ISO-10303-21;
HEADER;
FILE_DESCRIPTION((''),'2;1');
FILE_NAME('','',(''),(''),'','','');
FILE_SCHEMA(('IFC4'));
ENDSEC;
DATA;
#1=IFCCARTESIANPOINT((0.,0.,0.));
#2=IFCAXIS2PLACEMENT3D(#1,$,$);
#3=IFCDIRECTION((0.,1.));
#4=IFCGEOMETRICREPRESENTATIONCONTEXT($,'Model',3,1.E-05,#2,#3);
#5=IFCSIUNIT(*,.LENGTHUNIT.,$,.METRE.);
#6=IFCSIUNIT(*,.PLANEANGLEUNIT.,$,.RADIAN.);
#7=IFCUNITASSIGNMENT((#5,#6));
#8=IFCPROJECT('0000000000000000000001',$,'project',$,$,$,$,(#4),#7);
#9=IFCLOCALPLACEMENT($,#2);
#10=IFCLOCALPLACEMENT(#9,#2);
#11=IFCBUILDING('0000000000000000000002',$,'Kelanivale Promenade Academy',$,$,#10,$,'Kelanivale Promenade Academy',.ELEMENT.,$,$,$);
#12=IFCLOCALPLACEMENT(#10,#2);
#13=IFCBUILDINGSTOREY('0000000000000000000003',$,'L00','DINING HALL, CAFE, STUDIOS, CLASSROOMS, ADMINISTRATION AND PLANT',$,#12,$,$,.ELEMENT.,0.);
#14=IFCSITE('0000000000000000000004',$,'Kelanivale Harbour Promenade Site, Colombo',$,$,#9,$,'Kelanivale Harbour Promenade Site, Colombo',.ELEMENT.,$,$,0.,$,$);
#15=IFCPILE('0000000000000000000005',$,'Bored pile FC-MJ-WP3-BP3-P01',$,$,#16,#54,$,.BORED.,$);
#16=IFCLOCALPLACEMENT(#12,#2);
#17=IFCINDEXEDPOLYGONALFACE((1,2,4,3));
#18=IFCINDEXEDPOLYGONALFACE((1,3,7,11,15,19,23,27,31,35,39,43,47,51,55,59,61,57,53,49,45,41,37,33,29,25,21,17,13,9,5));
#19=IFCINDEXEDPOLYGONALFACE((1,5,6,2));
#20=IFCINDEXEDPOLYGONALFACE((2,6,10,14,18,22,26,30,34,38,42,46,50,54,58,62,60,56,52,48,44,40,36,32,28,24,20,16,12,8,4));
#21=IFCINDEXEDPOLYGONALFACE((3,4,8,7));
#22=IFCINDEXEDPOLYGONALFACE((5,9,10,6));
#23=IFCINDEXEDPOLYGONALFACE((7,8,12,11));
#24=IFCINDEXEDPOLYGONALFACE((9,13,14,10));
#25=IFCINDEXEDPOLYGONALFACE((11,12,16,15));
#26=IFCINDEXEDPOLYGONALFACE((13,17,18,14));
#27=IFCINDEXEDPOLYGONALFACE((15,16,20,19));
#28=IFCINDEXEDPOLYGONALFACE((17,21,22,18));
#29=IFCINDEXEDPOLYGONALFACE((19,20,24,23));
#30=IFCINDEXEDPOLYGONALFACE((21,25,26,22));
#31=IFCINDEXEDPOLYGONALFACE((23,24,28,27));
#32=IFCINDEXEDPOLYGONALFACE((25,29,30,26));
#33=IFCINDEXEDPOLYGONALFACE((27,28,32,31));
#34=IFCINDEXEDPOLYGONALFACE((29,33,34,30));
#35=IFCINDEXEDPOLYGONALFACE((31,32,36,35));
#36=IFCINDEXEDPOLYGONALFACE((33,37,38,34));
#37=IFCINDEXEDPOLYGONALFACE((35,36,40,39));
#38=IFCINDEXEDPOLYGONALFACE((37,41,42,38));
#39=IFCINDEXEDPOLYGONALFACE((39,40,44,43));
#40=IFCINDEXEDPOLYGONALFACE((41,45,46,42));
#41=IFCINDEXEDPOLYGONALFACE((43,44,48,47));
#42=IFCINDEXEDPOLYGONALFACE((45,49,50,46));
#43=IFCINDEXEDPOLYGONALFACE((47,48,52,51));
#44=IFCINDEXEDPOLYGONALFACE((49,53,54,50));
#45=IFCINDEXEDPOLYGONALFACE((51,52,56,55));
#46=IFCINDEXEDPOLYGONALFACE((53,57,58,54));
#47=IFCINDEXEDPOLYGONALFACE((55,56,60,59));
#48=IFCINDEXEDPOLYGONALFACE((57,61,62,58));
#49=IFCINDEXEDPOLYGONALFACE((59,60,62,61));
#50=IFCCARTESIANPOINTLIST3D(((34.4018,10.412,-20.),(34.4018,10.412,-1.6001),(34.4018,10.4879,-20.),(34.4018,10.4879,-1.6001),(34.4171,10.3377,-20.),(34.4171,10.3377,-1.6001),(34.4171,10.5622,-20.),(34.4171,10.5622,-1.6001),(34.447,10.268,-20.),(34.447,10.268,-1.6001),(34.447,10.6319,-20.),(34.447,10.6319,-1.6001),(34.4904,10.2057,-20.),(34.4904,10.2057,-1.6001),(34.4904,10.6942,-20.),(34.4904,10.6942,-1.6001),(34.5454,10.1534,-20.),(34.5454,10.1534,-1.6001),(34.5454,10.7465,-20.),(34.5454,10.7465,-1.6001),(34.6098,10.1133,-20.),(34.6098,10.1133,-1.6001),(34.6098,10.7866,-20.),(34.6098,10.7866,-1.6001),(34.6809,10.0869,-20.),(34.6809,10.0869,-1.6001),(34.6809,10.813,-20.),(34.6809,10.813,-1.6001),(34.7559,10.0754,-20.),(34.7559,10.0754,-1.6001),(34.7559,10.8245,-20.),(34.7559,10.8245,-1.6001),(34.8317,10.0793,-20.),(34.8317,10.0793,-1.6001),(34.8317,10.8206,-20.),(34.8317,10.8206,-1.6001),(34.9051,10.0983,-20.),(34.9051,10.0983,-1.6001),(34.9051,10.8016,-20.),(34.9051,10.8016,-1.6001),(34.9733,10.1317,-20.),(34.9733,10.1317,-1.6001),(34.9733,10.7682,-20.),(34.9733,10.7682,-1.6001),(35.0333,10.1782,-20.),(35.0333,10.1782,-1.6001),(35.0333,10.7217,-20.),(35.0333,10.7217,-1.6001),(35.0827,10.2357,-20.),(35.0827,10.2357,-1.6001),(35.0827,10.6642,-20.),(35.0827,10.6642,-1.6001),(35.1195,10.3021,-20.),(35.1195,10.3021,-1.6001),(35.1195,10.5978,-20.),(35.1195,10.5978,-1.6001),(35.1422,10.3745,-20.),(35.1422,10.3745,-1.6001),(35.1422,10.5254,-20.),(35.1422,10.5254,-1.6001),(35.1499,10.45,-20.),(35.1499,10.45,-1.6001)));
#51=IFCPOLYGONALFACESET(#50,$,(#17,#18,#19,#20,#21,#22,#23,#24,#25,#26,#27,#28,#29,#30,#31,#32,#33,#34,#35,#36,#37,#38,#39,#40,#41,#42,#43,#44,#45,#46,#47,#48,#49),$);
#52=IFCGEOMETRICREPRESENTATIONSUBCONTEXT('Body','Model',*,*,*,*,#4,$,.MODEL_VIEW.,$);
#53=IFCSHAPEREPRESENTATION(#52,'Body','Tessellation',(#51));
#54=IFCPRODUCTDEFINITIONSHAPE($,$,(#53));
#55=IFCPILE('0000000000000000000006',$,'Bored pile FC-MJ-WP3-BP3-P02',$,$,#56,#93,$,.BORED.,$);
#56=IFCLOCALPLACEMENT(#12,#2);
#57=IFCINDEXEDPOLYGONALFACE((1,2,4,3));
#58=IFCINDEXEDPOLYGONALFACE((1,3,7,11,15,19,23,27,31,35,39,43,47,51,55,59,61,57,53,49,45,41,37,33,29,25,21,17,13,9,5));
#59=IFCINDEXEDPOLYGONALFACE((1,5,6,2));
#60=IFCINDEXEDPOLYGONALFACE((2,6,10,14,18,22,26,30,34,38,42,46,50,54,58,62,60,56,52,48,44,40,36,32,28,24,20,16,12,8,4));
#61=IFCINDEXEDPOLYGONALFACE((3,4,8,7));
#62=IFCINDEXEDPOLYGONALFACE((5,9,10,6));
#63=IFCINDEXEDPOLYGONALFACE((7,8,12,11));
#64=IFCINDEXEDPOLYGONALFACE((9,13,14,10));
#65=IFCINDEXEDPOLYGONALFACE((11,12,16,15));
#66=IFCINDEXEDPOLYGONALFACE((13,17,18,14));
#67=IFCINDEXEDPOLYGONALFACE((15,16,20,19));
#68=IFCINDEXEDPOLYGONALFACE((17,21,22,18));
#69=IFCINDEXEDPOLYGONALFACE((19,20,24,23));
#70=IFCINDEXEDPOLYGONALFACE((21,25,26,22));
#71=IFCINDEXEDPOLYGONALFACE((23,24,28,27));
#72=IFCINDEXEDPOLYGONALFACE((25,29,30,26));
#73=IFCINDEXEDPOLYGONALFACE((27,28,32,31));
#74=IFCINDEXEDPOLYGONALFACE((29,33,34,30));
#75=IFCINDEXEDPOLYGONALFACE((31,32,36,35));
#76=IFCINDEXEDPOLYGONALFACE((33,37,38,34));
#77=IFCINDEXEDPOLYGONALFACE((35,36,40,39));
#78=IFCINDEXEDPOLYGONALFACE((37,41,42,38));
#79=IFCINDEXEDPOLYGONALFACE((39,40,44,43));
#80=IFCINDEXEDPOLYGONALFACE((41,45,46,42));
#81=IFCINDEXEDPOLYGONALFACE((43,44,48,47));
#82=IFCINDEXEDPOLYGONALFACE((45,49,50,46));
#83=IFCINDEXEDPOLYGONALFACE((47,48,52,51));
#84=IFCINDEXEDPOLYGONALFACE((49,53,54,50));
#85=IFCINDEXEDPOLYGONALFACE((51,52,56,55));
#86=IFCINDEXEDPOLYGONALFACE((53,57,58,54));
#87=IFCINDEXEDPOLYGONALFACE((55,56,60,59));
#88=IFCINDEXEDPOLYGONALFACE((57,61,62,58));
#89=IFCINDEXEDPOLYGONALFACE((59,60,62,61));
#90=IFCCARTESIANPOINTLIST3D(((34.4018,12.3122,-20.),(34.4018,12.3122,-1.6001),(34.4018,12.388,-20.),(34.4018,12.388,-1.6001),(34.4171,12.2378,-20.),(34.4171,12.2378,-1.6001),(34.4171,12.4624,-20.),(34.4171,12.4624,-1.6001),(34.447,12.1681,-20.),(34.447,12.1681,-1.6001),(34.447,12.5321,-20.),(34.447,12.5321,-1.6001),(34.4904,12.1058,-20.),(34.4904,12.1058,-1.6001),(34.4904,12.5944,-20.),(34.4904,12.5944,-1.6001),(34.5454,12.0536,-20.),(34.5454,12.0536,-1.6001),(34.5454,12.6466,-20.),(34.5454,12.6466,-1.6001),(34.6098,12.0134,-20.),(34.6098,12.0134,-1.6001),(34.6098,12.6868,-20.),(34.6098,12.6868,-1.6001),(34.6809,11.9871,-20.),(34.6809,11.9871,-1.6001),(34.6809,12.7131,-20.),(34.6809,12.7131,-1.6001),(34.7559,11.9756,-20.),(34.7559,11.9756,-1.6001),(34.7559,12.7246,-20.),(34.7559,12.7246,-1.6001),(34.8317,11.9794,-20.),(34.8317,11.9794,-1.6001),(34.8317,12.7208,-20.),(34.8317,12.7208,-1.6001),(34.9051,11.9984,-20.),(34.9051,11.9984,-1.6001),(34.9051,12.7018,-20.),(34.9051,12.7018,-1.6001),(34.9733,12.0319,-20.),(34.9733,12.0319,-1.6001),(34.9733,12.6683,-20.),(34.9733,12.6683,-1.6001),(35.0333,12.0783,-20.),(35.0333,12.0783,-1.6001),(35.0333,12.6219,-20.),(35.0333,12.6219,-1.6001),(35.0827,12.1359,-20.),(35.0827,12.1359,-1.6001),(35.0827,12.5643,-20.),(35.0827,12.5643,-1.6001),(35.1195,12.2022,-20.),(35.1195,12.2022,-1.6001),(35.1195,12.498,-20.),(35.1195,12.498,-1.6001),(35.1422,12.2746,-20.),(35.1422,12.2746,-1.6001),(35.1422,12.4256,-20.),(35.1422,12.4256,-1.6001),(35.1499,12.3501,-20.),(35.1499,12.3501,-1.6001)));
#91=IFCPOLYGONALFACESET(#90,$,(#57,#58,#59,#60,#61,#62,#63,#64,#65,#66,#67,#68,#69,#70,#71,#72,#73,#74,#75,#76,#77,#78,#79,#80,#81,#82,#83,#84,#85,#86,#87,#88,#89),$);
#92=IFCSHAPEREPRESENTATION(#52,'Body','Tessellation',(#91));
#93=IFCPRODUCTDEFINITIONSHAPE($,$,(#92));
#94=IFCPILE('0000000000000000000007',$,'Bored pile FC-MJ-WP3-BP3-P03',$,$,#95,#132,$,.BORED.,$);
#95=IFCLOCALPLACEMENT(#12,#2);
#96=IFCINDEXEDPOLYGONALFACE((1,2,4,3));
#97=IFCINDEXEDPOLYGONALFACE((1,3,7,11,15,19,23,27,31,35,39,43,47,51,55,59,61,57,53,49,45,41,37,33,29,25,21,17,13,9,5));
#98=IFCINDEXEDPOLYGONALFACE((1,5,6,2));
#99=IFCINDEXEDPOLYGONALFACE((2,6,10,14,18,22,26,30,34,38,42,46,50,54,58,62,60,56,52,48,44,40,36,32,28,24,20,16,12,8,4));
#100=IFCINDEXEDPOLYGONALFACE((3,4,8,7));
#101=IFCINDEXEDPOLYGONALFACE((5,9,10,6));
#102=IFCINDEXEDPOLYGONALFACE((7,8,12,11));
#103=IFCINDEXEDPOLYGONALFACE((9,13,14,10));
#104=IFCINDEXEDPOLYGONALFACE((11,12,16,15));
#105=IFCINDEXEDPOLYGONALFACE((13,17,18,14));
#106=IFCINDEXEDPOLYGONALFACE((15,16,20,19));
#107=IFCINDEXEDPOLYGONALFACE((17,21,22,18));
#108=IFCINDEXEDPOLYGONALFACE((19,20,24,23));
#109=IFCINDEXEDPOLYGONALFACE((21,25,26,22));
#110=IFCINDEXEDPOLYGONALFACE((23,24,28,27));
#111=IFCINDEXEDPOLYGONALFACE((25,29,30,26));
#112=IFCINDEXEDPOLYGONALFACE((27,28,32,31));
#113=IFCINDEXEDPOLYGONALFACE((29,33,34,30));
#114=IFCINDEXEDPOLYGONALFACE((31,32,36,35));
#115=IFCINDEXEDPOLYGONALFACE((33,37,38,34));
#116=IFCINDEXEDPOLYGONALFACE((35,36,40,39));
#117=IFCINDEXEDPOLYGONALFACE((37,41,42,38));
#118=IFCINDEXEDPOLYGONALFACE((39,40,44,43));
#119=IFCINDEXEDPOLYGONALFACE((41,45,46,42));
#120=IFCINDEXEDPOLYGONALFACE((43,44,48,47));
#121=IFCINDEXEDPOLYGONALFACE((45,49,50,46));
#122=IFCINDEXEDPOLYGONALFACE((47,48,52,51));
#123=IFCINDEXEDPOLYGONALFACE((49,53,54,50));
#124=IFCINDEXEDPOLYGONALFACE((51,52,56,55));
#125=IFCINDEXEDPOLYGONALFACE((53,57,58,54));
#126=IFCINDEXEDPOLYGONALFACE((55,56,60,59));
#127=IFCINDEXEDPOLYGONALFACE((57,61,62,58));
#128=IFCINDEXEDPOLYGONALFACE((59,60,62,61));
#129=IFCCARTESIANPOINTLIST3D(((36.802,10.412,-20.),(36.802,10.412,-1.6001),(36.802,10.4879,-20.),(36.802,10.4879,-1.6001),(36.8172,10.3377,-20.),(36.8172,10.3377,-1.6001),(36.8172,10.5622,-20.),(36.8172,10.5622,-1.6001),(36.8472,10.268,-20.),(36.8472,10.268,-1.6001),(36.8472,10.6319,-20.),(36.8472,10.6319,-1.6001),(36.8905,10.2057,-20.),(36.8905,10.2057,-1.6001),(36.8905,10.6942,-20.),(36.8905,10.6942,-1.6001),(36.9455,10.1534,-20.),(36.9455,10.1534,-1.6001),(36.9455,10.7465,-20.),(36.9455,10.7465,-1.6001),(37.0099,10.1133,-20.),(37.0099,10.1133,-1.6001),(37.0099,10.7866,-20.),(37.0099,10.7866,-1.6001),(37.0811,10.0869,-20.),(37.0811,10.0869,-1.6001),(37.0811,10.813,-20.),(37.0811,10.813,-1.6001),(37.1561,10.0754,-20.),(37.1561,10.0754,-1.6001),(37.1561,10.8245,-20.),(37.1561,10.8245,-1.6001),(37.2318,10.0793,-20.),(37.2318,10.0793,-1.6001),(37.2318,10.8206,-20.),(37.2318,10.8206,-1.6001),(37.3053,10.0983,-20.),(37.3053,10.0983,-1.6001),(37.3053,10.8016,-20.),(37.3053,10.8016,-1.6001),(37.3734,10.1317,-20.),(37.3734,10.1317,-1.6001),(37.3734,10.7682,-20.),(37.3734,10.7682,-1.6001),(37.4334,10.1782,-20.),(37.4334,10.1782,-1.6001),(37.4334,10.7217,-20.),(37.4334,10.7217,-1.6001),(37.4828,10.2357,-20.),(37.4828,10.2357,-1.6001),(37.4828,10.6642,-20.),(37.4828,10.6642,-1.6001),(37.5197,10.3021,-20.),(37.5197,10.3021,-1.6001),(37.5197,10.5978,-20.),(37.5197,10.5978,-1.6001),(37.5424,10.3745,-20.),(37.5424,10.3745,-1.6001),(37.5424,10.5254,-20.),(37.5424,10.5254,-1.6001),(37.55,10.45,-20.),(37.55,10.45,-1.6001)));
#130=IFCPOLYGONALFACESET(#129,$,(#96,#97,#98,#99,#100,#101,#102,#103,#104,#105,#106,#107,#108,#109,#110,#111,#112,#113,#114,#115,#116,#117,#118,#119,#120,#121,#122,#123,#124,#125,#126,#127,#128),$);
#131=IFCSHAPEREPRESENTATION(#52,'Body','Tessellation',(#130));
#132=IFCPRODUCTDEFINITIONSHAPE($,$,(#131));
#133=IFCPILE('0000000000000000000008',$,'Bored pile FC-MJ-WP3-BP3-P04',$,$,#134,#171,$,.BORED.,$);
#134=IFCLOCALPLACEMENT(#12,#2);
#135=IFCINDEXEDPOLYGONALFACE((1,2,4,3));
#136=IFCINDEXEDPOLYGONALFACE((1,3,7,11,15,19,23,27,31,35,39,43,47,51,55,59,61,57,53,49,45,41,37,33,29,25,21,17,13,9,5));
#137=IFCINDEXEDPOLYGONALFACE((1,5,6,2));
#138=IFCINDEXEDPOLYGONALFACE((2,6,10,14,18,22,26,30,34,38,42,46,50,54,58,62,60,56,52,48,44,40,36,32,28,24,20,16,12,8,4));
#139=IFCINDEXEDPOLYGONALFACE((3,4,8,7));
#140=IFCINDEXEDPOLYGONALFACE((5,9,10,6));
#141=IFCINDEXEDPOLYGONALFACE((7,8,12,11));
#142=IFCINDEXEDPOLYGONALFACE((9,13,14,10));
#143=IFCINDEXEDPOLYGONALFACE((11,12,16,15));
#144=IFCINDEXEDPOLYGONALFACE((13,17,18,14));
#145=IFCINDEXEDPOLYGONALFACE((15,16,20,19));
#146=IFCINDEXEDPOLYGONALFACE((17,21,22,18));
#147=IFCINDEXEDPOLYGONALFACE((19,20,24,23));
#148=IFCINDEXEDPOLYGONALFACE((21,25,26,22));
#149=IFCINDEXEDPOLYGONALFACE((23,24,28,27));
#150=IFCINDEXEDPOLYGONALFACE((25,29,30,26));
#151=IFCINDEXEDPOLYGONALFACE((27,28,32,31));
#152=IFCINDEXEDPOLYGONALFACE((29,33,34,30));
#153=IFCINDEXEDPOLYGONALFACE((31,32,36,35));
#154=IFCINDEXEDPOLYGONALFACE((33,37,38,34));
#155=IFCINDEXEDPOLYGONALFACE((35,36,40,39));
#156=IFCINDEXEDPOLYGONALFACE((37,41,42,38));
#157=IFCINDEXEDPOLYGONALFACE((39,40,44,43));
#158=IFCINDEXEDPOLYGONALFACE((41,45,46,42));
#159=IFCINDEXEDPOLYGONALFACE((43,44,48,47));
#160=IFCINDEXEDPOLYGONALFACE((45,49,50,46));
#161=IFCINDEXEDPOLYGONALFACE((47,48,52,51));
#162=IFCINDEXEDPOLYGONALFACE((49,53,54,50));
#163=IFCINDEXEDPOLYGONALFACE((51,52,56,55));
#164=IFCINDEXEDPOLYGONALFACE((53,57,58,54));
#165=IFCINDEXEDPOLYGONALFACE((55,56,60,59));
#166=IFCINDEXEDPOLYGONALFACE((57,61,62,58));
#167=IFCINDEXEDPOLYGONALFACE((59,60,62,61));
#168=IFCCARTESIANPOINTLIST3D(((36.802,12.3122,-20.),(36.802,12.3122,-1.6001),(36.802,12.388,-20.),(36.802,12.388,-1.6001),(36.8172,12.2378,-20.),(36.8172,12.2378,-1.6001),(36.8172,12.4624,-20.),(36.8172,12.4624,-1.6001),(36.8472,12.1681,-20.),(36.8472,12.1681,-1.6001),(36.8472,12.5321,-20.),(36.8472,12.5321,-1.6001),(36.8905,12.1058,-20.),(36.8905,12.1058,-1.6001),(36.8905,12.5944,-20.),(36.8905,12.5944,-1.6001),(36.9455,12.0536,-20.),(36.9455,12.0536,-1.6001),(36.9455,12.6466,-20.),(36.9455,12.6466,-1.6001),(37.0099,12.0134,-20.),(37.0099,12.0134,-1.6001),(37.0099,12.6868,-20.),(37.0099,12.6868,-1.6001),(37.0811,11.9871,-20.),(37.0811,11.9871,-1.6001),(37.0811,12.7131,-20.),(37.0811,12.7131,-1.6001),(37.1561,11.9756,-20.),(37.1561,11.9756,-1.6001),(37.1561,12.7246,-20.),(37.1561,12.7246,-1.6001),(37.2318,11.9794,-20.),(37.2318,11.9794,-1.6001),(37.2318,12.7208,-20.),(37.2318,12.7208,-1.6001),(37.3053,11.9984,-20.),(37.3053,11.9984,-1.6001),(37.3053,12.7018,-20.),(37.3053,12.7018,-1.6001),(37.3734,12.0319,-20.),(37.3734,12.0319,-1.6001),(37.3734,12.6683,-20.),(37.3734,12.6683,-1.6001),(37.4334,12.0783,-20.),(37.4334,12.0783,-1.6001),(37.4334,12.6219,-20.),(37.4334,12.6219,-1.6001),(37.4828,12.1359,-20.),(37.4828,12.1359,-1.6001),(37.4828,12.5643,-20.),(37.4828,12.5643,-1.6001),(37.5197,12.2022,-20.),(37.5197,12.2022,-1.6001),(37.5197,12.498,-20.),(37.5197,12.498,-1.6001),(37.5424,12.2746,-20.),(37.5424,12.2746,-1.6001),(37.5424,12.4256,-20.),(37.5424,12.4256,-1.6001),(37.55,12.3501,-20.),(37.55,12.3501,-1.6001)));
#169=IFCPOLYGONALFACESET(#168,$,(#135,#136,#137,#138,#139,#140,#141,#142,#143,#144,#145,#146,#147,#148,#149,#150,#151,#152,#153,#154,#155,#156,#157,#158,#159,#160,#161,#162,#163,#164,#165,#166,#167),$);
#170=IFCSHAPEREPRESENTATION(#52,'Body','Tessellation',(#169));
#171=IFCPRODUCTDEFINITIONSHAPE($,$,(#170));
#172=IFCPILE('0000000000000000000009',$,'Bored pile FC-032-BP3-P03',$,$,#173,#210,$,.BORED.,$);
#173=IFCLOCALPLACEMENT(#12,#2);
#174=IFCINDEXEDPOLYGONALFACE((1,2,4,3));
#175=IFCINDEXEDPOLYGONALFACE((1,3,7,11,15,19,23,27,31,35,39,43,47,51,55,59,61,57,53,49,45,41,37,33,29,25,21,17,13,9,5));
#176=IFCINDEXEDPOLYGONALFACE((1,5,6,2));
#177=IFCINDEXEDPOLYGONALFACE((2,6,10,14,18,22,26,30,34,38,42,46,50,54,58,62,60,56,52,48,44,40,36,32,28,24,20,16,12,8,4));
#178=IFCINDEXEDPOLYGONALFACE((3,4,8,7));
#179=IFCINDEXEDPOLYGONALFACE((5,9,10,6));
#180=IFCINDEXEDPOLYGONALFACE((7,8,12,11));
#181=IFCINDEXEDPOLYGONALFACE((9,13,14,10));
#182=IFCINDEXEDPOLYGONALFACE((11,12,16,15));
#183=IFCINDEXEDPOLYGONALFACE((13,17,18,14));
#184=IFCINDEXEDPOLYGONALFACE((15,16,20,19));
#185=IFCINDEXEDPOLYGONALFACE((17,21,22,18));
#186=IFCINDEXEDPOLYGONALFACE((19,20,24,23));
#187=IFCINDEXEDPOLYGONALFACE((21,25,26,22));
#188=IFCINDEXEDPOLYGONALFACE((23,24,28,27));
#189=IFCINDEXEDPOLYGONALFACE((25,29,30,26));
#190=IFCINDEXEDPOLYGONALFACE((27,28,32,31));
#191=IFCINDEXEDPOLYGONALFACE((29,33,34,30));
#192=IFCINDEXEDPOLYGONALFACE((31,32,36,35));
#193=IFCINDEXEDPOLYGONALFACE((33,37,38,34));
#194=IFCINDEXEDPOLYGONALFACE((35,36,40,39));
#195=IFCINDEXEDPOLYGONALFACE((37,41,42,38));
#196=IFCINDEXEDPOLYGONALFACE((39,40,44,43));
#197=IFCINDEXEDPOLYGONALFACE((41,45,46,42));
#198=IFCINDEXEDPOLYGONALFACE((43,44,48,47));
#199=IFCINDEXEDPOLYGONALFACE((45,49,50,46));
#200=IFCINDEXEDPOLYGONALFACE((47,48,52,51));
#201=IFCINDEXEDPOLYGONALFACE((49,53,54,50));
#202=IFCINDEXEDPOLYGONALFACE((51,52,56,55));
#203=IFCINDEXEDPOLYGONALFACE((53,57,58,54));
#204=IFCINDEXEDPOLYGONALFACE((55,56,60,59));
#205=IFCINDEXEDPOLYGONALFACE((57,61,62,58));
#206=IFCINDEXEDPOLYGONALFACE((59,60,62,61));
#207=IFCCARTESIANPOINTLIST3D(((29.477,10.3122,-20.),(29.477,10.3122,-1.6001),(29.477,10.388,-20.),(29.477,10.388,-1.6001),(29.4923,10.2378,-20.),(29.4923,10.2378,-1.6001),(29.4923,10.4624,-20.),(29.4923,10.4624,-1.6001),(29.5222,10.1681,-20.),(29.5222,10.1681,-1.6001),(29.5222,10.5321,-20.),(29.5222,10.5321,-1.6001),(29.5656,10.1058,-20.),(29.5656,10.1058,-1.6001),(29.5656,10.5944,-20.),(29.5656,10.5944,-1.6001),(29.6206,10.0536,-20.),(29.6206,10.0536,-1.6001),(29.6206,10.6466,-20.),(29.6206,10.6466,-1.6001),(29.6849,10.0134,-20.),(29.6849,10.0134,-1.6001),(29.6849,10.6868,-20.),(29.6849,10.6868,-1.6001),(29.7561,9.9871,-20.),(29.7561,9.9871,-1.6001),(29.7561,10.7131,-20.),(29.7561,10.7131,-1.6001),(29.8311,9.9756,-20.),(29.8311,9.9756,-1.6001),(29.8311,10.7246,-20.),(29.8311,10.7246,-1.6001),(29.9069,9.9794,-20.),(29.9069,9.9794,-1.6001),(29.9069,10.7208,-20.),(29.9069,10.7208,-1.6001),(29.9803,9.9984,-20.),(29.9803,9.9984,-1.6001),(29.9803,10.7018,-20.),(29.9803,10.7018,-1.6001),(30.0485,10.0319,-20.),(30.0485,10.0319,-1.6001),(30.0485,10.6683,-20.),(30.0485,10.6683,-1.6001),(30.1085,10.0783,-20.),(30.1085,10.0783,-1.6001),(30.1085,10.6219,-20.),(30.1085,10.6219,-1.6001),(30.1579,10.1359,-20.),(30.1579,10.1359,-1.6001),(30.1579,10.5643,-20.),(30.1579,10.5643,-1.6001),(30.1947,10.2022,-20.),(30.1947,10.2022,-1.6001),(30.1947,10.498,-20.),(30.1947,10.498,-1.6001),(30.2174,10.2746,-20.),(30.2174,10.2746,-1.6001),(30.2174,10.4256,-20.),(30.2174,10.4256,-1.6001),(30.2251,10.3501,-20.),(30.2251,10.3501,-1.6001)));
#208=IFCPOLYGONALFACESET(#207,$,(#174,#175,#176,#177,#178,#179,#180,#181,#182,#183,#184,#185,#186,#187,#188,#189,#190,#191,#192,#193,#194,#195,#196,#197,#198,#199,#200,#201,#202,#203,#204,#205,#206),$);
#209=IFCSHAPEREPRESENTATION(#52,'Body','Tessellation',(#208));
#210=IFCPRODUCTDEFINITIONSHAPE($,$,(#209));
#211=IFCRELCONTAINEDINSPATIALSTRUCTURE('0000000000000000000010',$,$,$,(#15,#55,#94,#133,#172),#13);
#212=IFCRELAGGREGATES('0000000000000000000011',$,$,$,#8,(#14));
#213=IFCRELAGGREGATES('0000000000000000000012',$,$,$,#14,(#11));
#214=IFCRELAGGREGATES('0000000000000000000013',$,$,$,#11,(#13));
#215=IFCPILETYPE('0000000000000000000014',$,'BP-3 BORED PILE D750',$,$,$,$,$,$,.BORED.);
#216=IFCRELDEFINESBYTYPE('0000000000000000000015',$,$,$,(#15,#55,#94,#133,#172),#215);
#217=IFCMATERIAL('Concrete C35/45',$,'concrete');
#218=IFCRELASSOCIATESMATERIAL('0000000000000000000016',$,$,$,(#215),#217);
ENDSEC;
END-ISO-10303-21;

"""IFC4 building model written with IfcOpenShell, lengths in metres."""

from ifc_helpers import new_model, si_unit, direction, frame, origin, origin_2d, place, context, subcontext, project, spatial, circle, extrude, material, material_profile, profile_set, type_object, element, save


model = new_model("IFC4")

# Units and contexts
model_context = context("Model", 3, precision=1e-05, world=origin(), true_north=direction((0.0, 1.0)))
body_context = subcontext(model_context, "Body", "Model", "MODEL_VIEW")
ifc_project = project(units=[si_unit("LENGTHUNIT", "METRE"), si_unit("PLANEANGLEUNIT", "RADIAN")], contexts=[model_context])

# Site, building, storey
site_placement = place(None, origin())
site = spatial("IfcSite", under=ifc_project, at=site_placement, Name="Kelanivale Harbour Promenade Site, Colombo", LongName="Kelanivale Harbour Promenade Site, Colombo", CompositionType="ELEMENT", RefElevation=0.0)
building_placement = place(site_placement, origin())
building = spatial("IfcBuilding", under=site, at=building_placement, Name="Kelanivale Promenade Academy", LongName="Kelanivale Promenade Academy", CompositionType="ELEMENT")
storey_placement = place(building_placement, origin())
storey = spatial("IfcBuildingStorey", under=building, at=storey_placement, Name="L00", Description="DINING HALL, CAFE, STUDIOS, CLASSROOMS, ADMINISTRATION AND PLANT", CompositionType="ELEMENT", Elevation=0.0)

# Piles
ifc_material_1 = material(Name="Concrete C35/45", Category="concrete")
ifc_material_profile_1 = material_profile(ifc_material_1, circle(Radius=0.375, at=origin_2d()), Name="BORED PILE D750")
ifc_profile_set_1 = profile_set([ifc_material_profile_1], Name="Concrete C35/45")
pile_type = type_object("IfcPileType", Name="BP-3 BORED PILE D750", PredefinedType="BORED", material=ifc_profile_set_1)
for number, where, z_axis, x_axis, name in (
    (1, (34.7749, 10.45, -1.6001), (0.0, 0.0, -1.0), (1.0, 0.0, 0.0), "Bored pile FC-MJ-WP3-BP3-P01"),
    (2, (34.7749, 12.3501, -1.6001), (0.0, 0.0, -1.0), (1.0, 0.0, 0.0), "Bored pile FC-MJ-WP3-BP3-P02"),
    (3, (37.175, 10.45, -1.6001), (0.0, 0.0, -1.0), (1.0, 0.0, 0.0), "Bored pile FC-MJ-WP3-BP3-P03"),
    (4, (37.175, 12.3501, -1.6001), (0.0, 0.0, -1.0), (1.0, 0.0, 0.0), "Bored pile FC-MJ-WP3-BP3-P04"),
    (5, (29.8501, 10.3501, -1.6001), (0.0, 0.0, -1.0), (1.0, 0.0, 0.0), "Bored pile FC-032-BP3-P03"),
):
    element("IfcPile", number, at=place(storey_placement, frame(where, z_axis=z_axis, x_axis=x_axis)), inside=storey, type_object=pile_type, Name=name, PredefinedType="BORED", context=body_context, shape_type="SweptSolid", body=[
        extrude(circle(Radius=0.375, at=origin_2d()), origin(), (0.0, 0.0, 1.0), 18.3999),
    ])

save(model, "model.ifc")
